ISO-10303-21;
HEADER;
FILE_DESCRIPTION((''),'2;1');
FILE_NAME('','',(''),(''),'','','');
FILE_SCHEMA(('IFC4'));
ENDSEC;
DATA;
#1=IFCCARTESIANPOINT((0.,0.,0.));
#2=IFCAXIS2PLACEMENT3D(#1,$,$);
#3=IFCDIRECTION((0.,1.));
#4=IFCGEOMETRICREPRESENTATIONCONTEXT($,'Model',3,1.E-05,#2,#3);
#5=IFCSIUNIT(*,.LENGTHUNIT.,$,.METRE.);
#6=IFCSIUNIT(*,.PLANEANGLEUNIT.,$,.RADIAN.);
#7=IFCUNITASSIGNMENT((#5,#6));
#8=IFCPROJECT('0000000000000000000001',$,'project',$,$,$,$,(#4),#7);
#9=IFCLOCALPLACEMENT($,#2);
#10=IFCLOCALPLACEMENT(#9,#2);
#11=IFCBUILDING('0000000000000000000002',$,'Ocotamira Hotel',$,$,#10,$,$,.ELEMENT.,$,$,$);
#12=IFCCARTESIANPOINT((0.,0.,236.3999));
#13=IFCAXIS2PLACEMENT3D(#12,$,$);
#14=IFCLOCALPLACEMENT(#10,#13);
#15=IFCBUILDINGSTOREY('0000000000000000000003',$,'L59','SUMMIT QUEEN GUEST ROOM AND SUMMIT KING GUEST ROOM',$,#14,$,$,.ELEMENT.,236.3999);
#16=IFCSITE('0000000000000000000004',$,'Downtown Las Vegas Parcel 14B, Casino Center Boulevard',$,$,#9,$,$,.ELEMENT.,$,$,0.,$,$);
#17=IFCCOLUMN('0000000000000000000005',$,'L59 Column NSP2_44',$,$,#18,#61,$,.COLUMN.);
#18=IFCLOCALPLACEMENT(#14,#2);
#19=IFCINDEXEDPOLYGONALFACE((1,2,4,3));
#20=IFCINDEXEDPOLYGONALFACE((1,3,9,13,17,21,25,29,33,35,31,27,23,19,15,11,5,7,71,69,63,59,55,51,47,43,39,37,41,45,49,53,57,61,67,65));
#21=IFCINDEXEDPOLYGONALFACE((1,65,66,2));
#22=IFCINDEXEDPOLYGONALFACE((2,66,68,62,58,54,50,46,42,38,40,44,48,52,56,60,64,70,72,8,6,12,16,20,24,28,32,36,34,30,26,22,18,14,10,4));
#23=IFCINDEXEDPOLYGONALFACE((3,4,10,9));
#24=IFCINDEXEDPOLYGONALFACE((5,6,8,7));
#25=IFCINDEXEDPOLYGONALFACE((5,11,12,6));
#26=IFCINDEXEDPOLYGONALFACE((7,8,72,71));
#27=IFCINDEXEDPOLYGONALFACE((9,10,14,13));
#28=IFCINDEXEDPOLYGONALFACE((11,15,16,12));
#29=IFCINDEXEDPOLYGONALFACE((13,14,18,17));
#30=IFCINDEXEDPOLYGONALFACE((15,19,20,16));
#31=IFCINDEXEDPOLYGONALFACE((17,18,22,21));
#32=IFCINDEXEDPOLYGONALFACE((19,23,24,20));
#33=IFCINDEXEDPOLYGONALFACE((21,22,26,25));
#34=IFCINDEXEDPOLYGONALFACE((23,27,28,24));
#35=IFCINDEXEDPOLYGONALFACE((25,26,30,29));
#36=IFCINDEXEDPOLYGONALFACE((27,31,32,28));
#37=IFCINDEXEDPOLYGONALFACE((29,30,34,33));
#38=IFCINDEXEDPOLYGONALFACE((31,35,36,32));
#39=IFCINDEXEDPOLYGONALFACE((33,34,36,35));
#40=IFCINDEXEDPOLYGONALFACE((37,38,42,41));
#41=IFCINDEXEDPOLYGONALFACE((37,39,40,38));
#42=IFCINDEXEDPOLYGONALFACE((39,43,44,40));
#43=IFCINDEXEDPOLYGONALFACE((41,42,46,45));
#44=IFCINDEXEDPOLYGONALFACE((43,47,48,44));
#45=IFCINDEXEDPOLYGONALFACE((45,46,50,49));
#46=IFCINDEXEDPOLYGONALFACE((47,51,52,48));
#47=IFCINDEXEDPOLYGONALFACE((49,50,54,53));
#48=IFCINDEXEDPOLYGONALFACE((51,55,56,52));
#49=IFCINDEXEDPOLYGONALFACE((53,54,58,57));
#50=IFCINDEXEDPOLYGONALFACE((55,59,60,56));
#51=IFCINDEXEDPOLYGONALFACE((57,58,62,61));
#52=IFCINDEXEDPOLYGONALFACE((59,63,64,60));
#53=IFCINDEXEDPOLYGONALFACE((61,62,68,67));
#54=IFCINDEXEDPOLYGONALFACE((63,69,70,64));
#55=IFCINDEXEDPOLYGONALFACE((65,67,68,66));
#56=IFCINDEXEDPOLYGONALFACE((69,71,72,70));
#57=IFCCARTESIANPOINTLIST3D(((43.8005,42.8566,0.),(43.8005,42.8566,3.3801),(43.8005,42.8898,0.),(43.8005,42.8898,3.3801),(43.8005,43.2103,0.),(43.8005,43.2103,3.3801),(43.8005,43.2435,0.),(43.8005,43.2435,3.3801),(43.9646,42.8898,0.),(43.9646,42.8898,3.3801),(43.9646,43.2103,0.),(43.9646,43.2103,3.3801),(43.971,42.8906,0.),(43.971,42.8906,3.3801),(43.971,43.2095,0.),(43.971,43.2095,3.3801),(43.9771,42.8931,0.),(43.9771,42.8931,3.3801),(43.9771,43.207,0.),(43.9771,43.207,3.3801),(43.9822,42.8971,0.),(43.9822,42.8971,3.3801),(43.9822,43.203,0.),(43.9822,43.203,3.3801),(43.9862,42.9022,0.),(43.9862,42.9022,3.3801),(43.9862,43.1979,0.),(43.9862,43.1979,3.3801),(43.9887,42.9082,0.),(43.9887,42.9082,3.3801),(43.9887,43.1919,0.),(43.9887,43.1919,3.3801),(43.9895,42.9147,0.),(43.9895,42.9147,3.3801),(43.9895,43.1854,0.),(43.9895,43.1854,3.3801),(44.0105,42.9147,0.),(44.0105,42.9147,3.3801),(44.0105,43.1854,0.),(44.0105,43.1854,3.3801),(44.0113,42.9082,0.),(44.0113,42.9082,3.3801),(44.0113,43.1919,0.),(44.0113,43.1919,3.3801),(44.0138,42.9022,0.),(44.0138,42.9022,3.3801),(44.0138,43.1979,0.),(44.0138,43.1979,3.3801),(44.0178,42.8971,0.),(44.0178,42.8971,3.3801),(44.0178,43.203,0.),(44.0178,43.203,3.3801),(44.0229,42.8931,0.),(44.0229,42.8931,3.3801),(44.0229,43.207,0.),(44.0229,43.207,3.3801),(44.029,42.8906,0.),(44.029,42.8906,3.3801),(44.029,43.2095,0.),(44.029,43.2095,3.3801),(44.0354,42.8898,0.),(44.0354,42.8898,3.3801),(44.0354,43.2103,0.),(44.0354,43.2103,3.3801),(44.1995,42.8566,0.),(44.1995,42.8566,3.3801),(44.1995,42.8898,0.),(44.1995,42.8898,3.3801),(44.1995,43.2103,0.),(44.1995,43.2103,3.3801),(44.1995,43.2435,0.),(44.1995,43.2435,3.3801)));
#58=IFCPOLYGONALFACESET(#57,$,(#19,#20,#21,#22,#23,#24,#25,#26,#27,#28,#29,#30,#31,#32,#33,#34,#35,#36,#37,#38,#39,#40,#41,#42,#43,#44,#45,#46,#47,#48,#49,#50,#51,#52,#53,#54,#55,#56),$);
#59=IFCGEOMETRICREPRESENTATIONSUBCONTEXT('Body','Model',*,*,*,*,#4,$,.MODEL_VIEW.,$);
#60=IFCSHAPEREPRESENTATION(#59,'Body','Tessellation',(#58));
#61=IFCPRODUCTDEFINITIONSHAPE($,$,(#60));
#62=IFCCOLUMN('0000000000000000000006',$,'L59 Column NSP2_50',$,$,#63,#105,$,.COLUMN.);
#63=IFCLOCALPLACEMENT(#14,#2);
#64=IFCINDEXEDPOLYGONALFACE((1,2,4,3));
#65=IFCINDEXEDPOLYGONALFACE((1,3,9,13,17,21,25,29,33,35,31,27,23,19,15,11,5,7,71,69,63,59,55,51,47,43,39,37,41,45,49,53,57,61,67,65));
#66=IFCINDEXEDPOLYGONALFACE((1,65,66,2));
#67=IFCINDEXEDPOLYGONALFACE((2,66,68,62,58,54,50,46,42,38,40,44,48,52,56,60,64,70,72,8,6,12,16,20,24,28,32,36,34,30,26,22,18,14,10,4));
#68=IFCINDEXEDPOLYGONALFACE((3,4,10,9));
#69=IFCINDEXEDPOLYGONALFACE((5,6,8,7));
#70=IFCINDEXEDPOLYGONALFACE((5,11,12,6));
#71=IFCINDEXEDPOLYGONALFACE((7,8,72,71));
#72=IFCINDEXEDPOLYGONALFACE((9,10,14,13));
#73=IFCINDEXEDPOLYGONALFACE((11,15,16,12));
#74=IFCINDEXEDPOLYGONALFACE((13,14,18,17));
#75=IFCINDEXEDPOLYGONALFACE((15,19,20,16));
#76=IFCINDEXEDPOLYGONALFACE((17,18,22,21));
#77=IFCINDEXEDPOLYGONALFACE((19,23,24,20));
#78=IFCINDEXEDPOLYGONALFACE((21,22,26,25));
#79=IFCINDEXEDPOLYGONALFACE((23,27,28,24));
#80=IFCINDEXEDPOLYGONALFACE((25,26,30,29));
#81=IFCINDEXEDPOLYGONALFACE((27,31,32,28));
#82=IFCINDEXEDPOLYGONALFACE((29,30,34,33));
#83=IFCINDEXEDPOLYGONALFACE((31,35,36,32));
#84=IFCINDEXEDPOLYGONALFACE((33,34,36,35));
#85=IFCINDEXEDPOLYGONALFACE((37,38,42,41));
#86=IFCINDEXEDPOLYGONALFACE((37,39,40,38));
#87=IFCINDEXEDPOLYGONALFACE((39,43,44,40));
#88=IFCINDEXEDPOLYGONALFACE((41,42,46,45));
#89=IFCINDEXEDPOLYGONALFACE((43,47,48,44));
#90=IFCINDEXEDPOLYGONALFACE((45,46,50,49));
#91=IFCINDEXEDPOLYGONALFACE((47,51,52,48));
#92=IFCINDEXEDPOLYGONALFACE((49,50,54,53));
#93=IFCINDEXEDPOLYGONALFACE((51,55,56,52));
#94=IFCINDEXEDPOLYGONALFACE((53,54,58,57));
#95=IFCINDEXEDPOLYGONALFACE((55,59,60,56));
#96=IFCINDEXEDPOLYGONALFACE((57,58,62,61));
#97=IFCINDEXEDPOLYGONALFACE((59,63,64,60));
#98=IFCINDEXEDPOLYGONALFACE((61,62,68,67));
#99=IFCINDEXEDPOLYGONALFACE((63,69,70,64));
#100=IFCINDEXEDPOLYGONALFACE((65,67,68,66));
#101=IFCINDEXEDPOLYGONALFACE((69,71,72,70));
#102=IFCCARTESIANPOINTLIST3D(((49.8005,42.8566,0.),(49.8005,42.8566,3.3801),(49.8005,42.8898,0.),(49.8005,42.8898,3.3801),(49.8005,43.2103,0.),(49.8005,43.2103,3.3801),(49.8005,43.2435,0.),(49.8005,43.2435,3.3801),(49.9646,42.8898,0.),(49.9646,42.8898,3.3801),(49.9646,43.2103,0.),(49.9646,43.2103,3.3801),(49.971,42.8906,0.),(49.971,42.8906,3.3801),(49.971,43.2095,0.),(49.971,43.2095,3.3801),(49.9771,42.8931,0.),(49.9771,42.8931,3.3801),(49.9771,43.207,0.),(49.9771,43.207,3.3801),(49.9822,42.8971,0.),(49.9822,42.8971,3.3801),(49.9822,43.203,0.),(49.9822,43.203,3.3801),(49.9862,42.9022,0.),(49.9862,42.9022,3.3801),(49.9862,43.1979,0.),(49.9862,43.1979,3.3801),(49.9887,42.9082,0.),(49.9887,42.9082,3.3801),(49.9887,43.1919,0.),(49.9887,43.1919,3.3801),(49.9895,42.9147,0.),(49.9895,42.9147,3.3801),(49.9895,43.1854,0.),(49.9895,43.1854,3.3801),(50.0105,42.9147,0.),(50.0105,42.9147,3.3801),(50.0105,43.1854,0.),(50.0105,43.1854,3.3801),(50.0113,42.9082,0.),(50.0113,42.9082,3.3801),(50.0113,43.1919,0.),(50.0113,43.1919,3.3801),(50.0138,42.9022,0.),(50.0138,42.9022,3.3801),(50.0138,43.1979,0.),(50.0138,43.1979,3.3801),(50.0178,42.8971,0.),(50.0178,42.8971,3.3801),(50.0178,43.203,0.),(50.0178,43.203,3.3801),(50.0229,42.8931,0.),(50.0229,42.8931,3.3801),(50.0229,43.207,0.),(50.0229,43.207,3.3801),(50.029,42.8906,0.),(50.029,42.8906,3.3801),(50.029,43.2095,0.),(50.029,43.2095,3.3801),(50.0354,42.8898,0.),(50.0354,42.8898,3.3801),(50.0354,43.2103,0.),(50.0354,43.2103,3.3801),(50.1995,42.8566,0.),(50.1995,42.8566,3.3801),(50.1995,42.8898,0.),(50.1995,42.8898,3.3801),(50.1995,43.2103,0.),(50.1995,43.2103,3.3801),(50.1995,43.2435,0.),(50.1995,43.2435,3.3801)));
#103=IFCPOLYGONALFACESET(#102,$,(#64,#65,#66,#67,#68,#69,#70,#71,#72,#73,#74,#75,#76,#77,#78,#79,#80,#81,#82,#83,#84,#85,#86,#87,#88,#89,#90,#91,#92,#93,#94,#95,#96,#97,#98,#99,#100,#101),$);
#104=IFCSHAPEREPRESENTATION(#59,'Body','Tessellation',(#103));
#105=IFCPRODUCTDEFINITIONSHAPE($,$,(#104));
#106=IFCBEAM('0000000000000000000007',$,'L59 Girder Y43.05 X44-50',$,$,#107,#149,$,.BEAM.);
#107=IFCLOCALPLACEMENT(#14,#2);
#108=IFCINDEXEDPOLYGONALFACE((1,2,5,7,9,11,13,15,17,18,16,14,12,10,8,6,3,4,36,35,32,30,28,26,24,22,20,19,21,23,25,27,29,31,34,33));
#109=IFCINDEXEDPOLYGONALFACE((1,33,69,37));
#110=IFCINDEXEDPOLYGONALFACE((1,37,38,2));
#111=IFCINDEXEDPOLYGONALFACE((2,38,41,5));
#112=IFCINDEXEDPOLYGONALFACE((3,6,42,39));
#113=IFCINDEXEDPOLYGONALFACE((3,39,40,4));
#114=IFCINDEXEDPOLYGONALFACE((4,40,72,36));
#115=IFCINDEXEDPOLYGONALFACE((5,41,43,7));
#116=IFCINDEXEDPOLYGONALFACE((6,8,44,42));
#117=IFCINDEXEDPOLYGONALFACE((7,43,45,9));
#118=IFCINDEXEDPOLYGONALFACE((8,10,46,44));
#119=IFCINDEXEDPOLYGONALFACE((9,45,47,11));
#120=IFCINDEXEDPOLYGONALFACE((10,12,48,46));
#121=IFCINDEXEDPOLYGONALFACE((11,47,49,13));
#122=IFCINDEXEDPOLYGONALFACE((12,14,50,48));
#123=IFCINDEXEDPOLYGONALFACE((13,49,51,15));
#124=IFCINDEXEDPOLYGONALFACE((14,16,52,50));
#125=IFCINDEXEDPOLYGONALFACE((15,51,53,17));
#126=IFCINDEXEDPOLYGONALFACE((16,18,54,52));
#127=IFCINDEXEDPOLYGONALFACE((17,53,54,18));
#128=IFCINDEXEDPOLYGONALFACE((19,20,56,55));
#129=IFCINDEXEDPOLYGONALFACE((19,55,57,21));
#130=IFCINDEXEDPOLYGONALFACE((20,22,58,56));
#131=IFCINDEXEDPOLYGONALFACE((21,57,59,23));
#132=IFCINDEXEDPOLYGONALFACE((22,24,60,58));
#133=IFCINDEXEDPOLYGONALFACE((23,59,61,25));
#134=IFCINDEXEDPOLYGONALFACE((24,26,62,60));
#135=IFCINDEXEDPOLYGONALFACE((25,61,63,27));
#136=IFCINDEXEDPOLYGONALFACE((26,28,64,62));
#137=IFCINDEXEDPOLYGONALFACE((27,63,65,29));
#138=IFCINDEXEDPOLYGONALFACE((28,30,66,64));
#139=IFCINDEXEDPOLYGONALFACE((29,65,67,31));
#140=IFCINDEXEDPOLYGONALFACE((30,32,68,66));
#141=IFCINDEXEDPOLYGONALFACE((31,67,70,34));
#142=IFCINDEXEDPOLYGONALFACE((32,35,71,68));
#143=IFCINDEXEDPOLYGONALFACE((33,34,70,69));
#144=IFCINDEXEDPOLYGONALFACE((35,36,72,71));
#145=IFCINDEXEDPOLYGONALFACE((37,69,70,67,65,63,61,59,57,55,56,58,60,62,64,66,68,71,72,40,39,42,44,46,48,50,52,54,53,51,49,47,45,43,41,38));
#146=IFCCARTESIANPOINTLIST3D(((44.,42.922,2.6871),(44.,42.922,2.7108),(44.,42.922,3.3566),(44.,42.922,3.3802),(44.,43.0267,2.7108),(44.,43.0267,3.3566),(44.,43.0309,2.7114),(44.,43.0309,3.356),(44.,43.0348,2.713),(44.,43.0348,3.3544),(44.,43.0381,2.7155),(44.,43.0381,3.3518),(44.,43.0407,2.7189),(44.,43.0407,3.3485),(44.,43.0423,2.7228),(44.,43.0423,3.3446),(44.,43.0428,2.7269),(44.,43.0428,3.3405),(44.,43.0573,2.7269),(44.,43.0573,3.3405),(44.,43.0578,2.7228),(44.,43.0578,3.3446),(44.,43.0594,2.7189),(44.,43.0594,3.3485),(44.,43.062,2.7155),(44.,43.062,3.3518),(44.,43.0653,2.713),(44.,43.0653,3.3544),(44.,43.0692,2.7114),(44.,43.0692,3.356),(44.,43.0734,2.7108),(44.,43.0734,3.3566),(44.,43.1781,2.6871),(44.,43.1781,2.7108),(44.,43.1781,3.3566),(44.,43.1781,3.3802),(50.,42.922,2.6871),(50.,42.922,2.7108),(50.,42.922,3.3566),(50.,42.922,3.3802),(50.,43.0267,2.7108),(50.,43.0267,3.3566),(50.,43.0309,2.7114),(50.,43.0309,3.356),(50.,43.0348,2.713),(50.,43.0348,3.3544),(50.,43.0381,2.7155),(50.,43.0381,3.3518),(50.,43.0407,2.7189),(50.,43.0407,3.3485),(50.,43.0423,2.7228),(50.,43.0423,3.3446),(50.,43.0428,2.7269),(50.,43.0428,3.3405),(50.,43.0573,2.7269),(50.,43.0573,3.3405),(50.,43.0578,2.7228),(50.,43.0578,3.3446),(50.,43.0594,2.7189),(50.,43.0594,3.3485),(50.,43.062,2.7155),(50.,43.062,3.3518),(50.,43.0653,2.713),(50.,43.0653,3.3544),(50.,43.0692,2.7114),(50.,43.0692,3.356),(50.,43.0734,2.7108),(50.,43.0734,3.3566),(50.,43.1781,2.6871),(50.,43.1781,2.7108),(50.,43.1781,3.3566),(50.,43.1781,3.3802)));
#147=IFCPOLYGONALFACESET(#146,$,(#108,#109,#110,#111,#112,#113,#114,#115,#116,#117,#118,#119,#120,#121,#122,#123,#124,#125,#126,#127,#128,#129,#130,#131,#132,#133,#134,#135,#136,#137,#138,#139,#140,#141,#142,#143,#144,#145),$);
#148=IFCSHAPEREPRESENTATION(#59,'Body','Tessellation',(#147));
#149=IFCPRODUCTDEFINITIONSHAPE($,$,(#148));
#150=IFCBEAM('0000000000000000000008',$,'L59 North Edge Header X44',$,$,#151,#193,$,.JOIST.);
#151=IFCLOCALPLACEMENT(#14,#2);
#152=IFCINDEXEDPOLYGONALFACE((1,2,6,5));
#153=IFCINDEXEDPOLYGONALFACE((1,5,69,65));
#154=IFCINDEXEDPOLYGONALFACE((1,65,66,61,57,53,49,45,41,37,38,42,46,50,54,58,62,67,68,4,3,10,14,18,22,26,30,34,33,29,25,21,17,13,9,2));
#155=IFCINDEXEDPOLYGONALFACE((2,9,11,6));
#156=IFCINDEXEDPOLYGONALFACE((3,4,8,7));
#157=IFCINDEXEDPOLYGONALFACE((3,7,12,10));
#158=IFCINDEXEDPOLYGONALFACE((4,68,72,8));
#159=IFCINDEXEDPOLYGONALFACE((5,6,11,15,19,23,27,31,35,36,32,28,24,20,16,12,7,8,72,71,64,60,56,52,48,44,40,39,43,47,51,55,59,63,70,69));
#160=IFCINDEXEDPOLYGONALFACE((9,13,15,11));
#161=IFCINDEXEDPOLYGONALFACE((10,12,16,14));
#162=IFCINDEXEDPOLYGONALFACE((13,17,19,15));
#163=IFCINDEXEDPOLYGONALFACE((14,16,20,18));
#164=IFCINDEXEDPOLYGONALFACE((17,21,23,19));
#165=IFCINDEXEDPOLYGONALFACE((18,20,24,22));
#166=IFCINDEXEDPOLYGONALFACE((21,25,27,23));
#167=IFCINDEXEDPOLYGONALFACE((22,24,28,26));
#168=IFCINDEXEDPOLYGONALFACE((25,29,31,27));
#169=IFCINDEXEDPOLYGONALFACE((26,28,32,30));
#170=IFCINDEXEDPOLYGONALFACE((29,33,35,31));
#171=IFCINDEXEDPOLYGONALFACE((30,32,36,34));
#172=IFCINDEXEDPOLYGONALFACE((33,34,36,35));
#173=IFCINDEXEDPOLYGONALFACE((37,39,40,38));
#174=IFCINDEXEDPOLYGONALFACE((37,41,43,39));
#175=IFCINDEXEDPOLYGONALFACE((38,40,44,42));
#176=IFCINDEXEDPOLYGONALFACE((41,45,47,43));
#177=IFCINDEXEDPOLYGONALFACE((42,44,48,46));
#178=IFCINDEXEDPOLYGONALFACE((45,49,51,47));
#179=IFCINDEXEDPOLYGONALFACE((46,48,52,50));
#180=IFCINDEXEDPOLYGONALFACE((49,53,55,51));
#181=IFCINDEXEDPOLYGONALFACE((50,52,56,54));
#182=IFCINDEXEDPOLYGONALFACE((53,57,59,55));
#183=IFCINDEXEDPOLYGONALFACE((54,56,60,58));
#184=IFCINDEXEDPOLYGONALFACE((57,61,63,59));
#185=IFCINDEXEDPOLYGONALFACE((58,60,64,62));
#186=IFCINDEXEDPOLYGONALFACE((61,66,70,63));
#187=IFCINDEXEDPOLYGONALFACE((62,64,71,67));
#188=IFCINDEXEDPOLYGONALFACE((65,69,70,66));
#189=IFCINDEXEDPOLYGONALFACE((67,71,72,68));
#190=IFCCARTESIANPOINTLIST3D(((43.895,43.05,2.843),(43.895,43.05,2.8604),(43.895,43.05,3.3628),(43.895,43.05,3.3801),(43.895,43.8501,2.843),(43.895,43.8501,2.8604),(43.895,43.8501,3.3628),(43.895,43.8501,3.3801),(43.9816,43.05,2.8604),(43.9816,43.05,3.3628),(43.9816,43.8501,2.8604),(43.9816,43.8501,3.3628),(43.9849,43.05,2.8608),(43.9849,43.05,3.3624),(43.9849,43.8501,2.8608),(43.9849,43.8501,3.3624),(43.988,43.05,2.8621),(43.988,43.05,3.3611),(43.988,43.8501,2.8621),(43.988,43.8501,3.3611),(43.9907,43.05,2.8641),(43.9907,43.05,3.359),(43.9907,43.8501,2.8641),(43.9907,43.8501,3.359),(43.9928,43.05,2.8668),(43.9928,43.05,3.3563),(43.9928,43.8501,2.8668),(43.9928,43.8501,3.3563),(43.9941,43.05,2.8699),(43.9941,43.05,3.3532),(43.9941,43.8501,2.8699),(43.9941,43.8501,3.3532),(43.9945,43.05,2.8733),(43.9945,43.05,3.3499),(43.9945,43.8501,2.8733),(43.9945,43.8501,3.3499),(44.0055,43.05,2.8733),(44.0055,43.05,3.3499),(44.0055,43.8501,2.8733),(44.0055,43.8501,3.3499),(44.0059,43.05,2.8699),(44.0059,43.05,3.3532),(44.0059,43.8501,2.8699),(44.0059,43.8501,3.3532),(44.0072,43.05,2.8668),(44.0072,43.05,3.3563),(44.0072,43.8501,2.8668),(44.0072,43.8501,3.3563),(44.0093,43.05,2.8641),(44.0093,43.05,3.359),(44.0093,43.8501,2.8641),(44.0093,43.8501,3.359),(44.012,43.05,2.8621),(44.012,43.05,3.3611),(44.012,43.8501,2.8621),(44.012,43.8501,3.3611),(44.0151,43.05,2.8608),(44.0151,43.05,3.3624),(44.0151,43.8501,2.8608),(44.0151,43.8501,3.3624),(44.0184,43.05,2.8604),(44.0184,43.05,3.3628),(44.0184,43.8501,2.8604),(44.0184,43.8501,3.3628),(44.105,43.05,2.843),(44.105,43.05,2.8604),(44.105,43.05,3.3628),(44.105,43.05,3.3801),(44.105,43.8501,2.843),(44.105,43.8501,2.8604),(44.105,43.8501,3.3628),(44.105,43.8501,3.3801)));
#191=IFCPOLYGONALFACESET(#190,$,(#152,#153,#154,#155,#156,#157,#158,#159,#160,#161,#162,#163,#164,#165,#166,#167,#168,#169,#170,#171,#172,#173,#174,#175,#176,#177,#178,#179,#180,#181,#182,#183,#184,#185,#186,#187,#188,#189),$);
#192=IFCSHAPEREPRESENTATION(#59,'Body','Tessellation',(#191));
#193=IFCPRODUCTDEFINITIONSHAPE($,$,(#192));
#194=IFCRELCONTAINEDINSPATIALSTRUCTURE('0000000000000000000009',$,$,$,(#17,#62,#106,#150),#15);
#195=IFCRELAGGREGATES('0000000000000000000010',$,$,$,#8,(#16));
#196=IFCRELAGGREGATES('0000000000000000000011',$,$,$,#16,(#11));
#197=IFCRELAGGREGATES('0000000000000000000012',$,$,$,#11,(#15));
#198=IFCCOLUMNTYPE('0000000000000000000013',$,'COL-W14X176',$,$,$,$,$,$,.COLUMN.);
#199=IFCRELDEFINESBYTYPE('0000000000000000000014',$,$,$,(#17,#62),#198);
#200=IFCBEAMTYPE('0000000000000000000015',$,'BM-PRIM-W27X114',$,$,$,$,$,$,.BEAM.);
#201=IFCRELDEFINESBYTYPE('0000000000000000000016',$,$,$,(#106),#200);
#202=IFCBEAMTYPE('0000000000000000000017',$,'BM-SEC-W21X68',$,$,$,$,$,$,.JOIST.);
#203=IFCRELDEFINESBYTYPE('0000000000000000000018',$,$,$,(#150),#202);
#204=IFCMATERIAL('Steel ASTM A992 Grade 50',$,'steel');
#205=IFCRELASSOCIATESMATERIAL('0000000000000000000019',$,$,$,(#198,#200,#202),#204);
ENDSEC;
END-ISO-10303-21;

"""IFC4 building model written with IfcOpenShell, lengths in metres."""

from ifc_helpers import new_model, si_unit, direction, frame, origin, origin_2d, place, context, subcontext, project, spatial, i_section, extrude, source, transform, mapped, material, material_profile, profile_set, type_object, element, save


model = new_model("IFC4")

# Units and contexts
model_context = context("Model", 3, precision=1e-05, world=origin(), true_north=direction((0.0, 1.0)))
body_context = subcontext(model_context, "Body", "Model", "MODEL_VIEW")
ifc_project = project(units=[si_unit("LENGTHUNIT", "METRE"), si_unit("PLANEANGLEUNIT", "RADIAN")], contexts=[model_context])

# Site, building, storey
site_placement = place(None, origin())
site = spatial("IfcSite", under=ifc_project, at=site_placement, Name="Downtown Las Vegas Parcel 14B, Casino Center Boulevard", CompositionType="ELEMENT", RefElevation=0.0)
building_placement = place(site_placement, origin())
building = spatial("IfcBuilding", under=site, at=building_placement, Name="Ocotamira Hotel", CompositionType="ELEMENT")
storey_placement = place(building_placement, frame((0.0, 0.0, 236.3999)))
storey = spatial("IfcBuildingStorey", under=building, at=storey_placement, Name="L59", Description="SUMMIT QUEEN GUEST ROOM AND SUMMIT KING GUEST ROOM", CompositionType="ELEMENT", Elevation=236.3999)

# Columns
ifc_material_1 = material(Name="Steel ASTM A992 Grade 50", Category="steel")
ifc_material_profile_1 = material_profile(ifc_material_1, i_section(OverallWidth=0.3989, OverallDepth=0.387, WebThickness=0.021, FlangeThickness=0.0332, FilletRadius=0.0249, at=origin_2d()), Name="W14X176")
ifc_profile_set_1 = profile_set([ifc_material_profile_1], Name="Steel ASTM A992 Grade 50")
column_type = type_object("IfcColumnType", Name="COL-W14X176", PredefinedType="COLUMN", material=ifc_profile_set_1)
shared_shape_1 = source(origin(), body_context, "Body", "SweptSolid", [
    extrude(i_section(OverallWidth=0.3989, OverallDepth=0.387, WebThickness=0.021, FlangeThickness=0.0332, FilletRadius=0.0249, at=origin_2d()), origin(), (0.0, 0.0, 1.0), 3.3801),
])
for number, where, z_axis, x_axis, name in (
    (1, (44.0, 43.05, 0.0), (0.0, 0.0, 1.0), (1.0, 0.0, 0.0), "L59 Column NSP2_44"),
    (2, (50.0, 43.05, 0.0), (0.0, 0.0, 1.0), (1.0, 0.0, 0.0), "L59 Column NSP2_50"),
):
    element("IfcColumn", number, at=place(storey_placement, frame(where, z_axis=z_axis, x_axis=x_axis)), inside=storey, type_object=column_type, Name=name, PredefinedType="COLUMN", context=body_context, shape_type="MappedRepresentation", body=[
        mapped(shared_shape_1, transform((0.0, 0.0, 0.0), scale=1.0)),
    ])

# Beams
ifc_material_profile_2 = material_profile(ifc_material_1, i_section(OverallWidth=0.2561, OverallDepth=0.6931, WebThickness=0.0144, FlangeThickness=0.0237, FilletRadius=0.0161, at=origin_2d()), Name="W27X114")
ifc_profile_set_2 = profile_set([ifc_material_profile_2], Name="Steel ASTM A992 Grade 50")
beam_type_1 = type_object("IfcBeamType", Name="BM-PRIM-W27X114", PredefinedType="BEAM", material=ifc_profile_set_2)
shared_shape_2 = source(origin(), body_context, "Body", "SweptSolid", [
    extrude(i_section(OverallWidth=0.2561, OverallDepth=0.6931, WebThickness=0.0144, FlangeThickness=0.0237, FilletRadius=0.0161, at=origin_2d()), origin(), (0.0, 0.0, 1.0), 6.0),
])
beam_1_placement = place(storey_placement, frame((44.0, 43.05, 3.0337), z_axis=(1.0, 0.0, 0.0), x_axis=(0.0, 1.0, 0.0)))
element("IfcBeam", 3, at=beam_1_placement, inside=storey, type_object=beam_type_1, Name="L59 Girder Y43.05 X44-50", PredefinedType="BEAM", context=body_context, shape_type="MappedRepresentation", body=[
    mapped(shared_shape_2, transform((0.0, 0.0, 0.0), scale=1.0)),
])
ifc_material_profile_3 = material_profile(ifc_material_1, i_section(OverallWidth=0.21, OverallDepth=0.5371, WebThickness=0.011, FlangeThickness=0.0173, FilletRadius=0.0129, at=origin_2d()), Name="W21X68")
ifc_profile_set_3 = profile_set([ifc_material_profile_3], Name="Steel ASTM A992 Grade 50")
beam_type_2 = type_object("IfcBeamType", Name="BM-SEC-W21X68", PredefinedType="JOIST", material=ifc_profile_set_3)
shared_shape_3 = source(origin(), body_context, "Body", "SweptSolid", [
    extrude(i_section(OverallWidth=0.21, OverallDepth=0.5371, WebThickness=0.011, FlangeThickness=0.0173, FilletRadius=0.0129, at=origin_2d()), origin(), (0.0, 0.0, 1.0), 0.8),
])
for number, where, z_axis, x_axis, name in (
    (4, (44.0, 43.05, 3.1116), (0.0, 1.0, 0.0), (-1.0, 0.0, 0.0), "L59 North Edge Header X44"),
):
    element("IfcBeam", number, at=place(storey_placement, frame(where, z_axis=z_axis, x_axis=x_axis)), inside=storey, type_object=beam_type_2, Name=name, PredefinedType="JOIST", context=body_context, shape_type="MappedRepresentation", body=[
        mapped(shared_shape_3, transform((0.0, 0.0, 0.0), scale=1.0)),
    ])

save(model, "model.ifc")
